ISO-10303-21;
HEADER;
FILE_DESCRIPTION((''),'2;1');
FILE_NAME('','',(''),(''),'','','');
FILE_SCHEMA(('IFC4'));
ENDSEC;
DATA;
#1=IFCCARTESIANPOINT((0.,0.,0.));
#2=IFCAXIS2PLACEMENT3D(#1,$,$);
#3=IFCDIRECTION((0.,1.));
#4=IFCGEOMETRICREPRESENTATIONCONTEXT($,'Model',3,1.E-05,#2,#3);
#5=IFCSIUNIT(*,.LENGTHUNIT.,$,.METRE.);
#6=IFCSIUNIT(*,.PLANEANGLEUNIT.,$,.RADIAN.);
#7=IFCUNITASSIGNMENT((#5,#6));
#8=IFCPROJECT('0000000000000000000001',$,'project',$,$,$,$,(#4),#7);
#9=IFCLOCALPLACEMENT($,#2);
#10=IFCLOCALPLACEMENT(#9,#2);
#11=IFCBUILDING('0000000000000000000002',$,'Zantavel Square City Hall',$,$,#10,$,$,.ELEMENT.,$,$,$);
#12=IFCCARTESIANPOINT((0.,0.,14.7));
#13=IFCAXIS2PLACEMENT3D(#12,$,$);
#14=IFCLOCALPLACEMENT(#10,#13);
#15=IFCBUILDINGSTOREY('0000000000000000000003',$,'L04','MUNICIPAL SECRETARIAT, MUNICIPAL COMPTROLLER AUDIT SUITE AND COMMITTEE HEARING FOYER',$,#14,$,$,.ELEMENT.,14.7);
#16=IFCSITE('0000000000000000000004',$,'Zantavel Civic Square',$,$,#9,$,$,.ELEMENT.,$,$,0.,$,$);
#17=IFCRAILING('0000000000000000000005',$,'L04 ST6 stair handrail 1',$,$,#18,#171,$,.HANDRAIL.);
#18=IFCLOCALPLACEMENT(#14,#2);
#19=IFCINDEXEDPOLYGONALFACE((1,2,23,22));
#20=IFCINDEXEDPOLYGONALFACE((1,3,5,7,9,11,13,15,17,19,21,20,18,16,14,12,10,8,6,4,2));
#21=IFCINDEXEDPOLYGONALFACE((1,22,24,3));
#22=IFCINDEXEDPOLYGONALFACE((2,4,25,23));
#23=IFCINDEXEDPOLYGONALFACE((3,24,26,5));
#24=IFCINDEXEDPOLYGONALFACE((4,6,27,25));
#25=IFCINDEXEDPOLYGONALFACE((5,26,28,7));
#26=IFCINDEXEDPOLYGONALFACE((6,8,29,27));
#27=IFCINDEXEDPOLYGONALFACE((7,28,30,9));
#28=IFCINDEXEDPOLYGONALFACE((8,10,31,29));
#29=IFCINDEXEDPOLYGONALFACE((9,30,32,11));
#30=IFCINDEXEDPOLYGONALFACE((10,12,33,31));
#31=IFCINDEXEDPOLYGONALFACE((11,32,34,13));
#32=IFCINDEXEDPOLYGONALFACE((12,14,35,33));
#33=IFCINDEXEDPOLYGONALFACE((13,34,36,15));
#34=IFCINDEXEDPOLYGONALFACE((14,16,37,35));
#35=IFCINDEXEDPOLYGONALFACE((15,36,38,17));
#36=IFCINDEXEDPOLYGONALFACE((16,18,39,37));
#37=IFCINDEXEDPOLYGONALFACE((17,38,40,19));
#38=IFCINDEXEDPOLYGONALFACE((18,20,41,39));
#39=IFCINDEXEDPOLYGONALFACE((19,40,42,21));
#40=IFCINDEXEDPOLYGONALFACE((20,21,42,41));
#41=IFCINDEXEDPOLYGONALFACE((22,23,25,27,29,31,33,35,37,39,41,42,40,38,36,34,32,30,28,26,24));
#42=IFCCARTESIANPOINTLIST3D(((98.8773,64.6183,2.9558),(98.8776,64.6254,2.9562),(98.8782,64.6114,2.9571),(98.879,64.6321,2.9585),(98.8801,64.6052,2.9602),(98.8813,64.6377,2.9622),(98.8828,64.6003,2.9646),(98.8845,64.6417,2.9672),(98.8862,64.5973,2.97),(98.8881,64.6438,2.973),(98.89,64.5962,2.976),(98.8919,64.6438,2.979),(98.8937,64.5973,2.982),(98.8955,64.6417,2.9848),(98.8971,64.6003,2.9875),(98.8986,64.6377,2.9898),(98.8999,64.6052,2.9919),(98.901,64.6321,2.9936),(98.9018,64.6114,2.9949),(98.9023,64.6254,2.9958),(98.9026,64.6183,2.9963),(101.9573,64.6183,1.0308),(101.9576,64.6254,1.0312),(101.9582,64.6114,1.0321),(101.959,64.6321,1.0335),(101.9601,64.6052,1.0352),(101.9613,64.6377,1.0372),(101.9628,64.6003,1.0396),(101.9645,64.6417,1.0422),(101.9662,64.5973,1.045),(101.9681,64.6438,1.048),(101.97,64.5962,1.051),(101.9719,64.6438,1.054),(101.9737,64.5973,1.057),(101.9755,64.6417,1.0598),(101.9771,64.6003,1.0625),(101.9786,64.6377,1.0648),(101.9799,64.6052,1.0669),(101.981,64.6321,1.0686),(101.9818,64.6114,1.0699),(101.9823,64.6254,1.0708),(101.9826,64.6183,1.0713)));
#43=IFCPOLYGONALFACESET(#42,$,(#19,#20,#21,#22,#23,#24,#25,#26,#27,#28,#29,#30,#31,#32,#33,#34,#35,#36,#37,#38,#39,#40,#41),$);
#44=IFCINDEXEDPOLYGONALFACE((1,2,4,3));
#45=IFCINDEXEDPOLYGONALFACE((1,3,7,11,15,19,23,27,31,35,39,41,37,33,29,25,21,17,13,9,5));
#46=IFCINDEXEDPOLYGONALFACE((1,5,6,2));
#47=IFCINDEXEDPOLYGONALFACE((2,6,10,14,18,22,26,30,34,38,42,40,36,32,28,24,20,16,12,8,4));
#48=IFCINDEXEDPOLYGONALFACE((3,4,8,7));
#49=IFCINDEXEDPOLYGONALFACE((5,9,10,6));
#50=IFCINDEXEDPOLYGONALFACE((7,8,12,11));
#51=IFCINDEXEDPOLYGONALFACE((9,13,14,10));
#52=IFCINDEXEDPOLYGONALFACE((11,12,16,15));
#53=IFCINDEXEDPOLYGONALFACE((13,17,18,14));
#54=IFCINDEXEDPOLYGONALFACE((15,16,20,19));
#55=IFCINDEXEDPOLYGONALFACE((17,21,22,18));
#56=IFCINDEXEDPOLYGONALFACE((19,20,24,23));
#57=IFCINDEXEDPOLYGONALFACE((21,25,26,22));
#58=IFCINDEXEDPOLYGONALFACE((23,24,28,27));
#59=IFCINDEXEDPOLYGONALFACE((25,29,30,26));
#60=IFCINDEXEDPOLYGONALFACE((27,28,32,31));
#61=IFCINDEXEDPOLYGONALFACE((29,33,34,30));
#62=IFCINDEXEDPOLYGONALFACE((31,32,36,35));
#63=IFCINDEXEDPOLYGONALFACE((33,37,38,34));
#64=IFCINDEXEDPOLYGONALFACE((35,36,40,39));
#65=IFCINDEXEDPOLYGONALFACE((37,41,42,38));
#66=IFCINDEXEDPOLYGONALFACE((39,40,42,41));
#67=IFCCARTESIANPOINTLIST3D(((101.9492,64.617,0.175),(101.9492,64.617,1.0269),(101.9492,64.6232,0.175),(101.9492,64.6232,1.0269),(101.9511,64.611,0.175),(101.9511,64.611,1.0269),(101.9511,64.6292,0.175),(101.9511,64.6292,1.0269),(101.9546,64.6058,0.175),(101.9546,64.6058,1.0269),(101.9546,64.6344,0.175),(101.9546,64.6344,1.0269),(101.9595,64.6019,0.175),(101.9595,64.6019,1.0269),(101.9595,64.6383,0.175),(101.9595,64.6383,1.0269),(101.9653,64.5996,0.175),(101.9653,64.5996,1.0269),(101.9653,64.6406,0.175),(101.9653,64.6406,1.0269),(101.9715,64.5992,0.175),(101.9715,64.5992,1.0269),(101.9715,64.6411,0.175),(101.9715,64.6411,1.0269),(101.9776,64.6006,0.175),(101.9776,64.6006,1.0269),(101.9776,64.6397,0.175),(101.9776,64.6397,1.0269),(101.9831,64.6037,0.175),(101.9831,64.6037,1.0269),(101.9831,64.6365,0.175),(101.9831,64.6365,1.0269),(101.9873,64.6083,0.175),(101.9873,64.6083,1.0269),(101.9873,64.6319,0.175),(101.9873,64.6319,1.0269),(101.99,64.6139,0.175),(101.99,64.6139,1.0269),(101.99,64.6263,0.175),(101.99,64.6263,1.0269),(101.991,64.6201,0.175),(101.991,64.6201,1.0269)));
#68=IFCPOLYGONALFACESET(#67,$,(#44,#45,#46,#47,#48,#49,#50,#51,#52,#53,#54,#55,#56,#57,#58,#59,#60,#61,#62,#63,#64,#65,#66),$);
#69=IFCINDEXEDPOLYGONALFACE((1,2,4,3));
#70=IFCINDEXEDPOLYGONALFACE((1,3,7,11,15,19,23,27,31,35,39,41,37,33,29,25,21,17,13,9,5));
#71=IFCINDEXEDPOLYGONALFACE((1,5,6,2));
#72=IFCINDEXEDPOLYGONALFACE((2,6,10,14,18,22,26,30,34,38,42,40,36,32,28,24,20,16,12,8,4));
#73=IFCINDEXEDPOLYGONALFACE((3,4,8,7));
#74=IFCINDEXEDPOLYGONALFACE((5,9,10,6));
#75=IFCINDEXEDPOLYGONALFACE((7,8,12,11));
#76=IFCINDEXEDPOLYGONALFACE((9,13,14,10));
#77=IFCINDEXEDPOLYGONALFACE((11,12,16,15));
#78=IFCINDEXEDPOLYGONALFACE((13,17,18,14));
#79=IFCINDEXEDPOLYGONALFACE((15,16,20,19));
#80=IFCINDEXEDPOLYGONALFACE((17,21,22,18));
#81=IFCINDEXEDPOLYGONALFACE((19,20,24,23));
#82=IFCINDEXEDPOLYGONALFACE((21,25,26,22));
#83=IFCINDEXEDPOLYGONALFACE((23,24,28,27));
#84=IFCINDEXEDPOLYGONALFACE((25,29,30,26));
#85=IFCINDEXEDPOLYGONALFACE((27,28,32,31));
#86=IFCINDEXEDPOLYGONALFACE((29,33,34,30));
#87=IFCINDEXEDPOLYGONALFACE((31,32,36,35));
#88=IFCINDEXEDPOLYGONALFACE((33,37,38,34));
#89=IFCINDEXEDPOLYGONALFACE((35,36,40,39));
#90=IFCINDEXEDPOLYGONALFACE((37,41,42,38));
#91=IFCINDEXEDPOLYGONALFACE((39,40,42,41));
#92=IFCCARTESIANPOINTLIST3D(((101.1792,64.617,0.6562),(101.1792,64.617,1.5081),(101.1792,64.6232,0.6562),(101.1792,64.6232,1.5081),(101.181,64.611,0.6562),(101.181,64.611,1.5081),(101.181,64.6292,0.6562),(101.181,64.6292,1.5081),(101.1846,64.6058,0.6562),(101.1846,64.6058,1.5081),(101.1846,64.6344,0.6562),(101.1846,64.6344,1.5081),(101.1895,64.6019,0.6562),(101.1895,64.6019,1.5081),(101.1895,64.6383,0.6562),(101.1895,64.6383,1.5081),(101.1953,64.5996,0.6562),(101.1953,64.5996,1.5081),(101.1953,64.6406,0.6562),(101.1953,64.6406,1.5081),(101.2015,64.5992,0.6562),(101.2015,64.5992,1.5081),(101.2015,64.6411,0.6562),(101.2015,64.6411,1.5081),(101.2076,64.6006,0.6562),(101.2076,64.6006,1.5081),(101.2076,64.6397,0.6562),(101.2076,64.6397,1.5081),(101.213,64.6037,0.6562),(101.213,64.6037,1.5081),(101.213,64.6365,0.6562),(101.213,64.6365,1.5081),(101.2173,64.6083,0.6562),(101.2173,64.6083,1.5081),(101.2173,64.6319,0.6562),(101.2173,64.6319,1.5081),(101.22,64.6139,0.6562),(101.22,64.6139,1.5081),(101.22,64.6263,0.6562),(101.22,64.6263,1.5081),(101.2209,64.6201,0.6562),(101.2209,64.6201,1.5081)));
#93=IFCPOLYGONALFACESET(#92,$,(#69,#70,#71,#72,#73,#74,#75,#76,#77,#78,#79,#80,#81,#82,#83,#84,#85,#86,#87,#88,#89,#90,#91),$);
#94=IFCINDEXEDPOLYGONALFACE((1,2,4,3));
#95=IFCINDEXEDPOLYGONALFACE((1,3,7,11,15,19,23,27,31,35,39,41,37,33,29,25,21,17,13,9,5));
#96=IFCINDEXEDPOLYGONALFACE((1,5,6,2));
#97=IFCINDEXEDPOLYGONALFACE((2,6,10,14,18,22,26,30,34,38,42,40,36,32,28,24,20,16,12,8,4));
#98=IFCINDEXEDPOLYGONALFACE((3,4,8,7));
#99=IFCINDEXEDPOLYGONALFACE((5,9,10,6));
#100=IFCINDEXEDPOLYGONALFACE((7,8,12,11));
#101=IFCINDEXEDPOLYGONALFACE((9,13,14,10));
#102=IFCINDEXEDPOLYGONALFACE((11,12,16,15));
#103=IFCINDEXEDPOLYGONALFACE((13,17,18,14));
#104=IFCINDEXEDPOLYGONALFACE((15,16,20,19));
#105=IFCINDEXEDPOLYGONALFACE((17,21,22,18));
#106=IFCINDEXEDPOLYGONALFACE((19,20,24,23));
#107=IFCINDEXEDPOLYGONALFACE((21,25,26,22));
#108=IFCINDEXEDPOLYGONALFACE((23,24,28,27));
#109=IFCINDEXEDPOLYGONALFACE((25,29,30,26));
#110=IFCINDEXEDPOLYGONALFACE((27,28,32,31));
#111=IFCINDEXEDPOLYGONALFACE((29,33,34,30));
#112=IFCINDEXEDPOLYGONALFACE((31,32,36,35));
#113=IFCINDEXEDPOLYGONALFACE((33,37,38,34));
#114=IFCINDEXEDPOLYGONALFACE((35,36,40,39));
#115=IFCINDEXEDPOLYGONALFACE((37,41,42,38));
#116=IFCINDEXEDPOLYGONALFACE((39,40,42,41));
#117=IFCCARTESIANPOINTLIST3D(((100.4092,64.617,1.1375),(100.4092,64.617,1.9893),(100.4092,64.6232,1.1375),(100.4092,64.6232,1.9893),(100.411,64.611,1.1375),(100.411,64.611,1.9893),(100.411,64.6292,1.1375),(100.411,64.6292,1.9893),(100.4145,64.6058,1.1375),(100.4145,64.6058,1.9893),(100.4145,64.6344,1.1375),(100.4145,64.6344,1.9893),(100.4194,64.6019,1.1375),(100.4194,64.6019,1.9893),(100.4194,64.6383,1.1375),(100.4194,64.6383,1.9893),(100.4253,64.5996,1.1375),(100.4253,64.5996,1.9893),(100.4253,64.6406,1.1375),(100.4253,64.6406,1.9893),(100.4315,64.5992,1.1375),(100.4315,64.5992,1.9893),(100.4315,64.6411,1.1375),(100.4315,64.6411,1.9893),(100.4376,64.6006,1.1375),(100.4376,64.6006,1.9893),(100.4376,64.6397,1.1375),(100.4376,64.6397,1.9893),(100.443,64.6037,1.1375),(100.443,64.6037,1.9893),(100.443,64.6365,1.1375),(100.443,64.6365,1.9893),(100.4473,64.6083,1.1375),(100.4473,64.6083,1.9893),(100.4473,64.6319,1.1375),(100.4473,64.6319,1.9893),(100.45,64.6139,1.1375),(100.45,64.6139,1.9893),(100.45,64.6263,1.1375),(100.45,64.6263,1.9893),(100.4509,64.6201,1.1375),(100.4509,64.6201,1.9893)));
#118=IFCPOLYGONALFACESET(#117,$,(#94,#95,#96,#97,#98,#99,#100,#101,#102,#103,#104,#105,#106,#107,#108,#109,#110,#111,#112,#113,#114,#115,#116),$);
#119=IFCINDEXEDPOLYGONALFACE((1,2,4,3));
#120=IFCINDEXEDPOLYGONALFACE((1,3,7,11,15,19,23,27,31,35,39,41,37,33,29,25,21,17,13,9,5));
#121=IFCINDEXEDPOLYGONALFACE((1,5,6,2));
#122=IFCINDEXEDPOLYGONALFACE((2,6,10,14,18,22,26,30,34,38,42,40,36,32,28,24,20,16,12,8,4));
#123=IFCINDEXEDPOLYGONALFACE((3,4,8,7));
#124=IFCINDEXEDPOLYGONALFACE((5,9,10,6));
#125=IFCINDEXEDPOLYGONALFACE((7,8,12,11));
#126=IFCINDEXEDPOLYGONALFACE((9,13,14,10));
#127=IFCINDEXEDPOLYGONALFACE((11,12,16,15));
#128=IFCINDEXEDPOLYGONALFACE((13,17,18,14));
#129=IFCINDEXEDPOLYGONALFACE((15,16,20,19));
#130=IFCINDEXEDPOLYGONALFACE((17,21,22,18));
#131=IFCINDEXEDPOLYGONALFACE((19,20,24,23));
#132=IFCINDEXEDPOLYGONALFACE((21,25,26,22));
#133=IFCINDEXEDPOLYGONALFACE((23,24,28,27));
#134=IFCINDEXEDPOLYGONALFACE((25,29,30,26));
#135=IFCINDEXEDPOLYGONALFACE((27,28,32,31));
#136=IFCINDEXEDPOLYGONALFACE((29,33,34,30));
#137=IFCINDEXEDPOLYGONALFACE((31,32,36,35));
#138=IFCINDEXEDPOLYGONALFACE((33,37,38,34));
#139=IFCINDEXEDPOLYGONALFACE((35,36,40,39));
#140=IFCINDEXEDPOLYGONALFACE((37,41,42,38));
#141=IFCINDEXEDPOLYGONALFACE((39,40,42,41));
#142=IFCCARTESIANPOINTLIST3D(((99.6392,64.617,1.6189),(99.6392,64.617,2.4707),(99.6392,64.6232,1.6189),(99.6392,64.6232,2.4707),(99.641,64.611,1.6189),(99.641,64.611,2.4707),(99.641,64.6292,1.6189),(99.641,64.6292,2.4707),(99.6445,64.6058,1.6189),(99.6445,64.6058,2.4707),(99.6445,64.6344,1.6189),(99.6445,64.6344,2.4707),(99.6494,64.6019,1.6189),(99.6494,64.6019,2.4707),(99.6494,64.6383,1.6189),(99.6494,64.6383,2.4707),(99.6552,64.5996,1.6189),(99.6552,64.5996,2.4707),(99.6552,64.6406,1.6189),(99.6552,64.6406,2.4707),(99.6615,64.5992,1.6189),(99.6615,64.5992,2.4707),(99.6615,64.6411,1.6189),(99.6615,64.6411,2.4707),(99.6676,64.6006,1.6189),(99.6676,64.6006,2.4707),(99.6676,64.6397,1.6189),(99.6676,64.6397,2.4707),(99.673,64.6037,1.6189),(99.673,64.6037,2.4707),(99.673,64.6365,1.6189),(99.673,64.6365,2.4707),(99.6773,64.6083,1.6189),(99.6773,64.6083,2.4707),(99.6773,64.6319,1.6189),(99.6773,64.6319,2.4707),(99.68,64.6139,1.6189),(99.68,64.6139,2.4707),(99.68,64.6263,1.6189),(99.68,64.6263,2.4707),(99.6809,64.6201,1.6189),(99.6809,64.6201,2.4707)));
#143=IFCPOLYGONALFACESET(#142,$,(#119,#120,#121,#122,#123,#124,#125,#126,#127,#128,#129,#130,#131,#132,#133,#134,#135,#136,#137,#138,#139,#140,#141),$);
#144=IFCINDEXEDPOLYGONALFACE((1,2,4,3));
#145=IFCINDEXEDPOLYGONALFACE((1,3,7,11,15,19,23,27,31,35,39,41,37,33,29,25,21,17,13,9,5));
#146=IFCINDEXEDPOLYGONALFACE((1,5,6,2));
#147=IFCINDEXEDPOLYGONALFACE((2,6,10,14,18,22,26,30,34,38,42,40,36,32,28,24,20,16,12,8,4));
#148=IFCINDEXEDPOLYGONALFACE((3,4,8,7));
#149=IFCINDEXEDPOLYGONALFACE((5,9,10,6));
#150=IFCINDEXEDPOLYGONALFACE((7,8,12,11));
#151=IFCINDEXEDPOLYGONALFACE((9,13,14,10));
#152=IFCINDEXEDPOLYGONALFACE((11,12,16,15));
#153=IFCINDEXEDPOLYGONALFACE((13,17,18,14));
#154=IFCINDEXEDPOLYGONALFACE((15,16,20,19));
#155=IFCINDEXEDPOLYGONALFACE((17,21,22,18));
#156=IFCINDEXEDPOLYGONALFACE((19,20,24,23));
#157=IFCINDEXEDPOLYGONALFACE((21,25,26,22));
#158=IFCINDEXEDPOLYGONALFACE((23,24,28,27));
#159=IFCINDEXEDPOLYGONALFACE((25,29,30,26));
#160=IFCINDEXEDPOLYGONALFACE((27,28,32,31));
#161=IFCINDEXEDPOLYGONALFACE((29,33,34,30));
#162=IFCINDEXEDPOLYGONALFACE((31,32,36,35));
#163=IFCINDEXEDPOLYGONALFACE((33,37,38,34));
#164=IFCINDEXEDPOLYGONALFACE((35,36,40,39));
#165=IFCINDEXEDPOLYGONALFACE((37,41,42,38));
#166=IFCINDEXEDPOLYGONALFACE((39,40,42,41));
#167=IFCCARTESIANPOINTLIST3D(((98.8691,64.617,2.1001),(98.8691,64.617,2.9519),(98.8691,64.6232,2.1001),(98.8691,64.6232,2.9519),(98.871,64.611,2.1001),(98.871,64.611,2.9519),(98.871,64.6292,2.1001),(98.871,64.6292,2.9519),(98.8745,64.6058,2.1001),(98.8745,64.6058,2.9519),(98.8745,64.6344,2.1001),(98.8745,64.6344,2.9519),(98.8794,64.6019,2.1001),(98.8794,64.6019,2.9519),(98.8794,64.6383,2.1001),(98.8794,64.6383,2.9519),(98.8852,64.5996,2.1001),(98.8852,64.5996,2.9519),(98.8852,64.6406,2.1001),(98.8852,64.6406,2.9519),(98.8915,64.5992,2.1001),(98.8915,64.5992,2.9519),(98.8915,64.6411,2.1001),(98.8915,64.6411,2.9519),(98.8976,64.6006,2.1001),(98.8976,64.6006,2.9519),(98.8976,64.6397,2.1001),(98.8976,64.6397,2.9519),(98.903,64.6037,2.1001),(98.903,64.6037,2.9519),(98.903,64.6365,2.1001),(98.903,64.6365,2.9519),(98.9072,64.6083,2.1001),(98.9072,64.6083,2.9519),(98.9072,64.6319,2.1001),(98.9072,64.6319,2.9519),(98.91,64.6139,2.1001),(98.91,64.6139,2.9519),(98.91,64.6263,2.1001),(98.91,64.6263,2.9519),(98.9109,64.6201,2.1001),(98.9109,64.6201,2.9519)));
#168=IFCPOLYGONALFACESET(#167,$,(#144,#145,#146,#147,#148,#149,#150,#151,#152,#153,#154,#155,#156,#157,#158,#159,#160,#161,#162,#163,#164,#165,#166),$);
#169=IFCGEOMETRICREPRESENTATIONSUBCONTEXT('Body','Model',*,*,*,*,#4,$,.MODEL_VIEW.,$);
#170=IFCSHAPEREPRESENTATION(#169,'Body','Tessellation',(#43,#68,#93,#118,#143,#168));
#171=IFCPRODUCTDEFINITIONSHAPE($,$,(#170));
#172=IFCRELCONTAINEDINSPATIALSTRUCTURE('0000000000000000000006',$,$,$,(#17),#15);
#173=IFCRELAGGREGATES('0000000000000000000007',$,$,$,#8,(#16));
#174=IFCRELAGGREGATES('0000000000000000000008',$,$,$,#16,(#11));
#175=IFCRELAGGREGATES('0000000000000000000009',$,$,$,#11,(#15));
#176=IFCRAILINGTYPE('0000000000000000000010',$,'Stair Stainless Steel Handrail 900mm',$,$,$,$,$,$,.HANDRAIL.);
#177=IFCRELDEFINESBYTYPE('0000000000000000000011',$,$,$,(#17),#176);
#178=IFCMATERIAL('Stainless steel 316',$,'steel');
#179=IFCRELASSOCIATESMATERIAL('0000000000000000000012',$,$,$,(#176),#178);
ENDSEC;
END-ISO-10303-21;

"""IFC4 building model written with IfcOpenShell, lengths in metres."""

from ifc_helpers import new_model, si_unit, direction, frame, origin, origin_2d, place, context, subcontext, project, spatial, circle, extrude, material, type_object, element, save


model = new_model("IFC4")

# Units and contexts
model_context = context("Model", 3, precision=1e-05, world=origin(), true_north=direction((0.0, 1.0)))
body_context = subcontext(model_context, "Body", "Model", "MODEL_VIEW")
ifc_project = project(units=[si_unit("LENGTHUNIT", "METRE"), si_unit("PLANEANGLEUNIT", "RADIAN")], contexts=[model_context])

# Site, building, storey
site_placement = place(None, origin())
site = spatial("IfcSite", under=ifc_project, at=site_placement, Name="Zantavel Civic Square", CompositionType="ELEMENT", RefElevation=0.0)
building_placement = place(site_placement, origin())
building = spatial("IfcBuilding", under=site, at=building_placement, Name="Zantavel Square City Hall", CompositionType="ELEMENT")
storey_placement = place(building_placement, frame((0.0, 0.0, 14.7)))
storey = spatial("IfcBuildingStorey", under=building, at=storey_placement, Name="L04", Description="MUNICIPAL SECRETARIAT, MUNICIPAL COMPTROLLER AUDIT SUITE AND COMMITTEE HEARING FOYER", CompositionType="ELEMENT", Elevation=14.7)

# Railing
ifc_material_1 = material(Name="Stainless steel 316", Category="steel")
railing_type_1 = type_object("IfcRailingType", Name="Stair Stainless Steel Handrail 900mm", PredefinedType="HANDRAIL", material=ifc_material_1)
railing_1_placement = place(storey_placement, frame((101.97, 64.6201, 0.175)))
element("IfcRailing", 1, at=railing_1_placement, inside=storey, type_object=railing_type_1, Name="L04 ST6 stair handrail 1", PredefinedType="HANDRAIL", context=body_context, shape_type="SweptSolid", body=[
    extrude(circle(Radius=0.0239, at=origin_2d()), frame((0.0, 0.0, 0.876), z_axis=(-0.847998, 0.0, 0.529999), x_axis=(0.0, -1.0, 0.0)), (0.0, 0.0, 1.0), 3.6321),
    extrude(circle(Radius=0.021, at=origin_2d()), origin(), (0.0, 0.0, 1.0), 0.8518),
    extrude(circle(Radius=0.021, at=origin_2d()), frame((-0.77, 0.0, 0.4812)), (0.0, 0.0, 1.0), 0.8518),
    extrude(circle(Radius=0.021, at=origin_2d()), frame((-1.54, 0.0, 0.9624)), (0.0, 0.0, 1.0), 0.8518),
    extrude(circle(Radius=0.021, at=origin_2d()), frame((-2.3101, 0.0, 1.4438)), (0.0, 0.0, 1.0), 0.8518),
    extrude(circle(Radius=0.021, at=origin_2d()), frame((-3.0801, 0.0, 1.925)), (0.0, 0.0, 1.0), 0.8518),
])

save(model, "model.ifc")
